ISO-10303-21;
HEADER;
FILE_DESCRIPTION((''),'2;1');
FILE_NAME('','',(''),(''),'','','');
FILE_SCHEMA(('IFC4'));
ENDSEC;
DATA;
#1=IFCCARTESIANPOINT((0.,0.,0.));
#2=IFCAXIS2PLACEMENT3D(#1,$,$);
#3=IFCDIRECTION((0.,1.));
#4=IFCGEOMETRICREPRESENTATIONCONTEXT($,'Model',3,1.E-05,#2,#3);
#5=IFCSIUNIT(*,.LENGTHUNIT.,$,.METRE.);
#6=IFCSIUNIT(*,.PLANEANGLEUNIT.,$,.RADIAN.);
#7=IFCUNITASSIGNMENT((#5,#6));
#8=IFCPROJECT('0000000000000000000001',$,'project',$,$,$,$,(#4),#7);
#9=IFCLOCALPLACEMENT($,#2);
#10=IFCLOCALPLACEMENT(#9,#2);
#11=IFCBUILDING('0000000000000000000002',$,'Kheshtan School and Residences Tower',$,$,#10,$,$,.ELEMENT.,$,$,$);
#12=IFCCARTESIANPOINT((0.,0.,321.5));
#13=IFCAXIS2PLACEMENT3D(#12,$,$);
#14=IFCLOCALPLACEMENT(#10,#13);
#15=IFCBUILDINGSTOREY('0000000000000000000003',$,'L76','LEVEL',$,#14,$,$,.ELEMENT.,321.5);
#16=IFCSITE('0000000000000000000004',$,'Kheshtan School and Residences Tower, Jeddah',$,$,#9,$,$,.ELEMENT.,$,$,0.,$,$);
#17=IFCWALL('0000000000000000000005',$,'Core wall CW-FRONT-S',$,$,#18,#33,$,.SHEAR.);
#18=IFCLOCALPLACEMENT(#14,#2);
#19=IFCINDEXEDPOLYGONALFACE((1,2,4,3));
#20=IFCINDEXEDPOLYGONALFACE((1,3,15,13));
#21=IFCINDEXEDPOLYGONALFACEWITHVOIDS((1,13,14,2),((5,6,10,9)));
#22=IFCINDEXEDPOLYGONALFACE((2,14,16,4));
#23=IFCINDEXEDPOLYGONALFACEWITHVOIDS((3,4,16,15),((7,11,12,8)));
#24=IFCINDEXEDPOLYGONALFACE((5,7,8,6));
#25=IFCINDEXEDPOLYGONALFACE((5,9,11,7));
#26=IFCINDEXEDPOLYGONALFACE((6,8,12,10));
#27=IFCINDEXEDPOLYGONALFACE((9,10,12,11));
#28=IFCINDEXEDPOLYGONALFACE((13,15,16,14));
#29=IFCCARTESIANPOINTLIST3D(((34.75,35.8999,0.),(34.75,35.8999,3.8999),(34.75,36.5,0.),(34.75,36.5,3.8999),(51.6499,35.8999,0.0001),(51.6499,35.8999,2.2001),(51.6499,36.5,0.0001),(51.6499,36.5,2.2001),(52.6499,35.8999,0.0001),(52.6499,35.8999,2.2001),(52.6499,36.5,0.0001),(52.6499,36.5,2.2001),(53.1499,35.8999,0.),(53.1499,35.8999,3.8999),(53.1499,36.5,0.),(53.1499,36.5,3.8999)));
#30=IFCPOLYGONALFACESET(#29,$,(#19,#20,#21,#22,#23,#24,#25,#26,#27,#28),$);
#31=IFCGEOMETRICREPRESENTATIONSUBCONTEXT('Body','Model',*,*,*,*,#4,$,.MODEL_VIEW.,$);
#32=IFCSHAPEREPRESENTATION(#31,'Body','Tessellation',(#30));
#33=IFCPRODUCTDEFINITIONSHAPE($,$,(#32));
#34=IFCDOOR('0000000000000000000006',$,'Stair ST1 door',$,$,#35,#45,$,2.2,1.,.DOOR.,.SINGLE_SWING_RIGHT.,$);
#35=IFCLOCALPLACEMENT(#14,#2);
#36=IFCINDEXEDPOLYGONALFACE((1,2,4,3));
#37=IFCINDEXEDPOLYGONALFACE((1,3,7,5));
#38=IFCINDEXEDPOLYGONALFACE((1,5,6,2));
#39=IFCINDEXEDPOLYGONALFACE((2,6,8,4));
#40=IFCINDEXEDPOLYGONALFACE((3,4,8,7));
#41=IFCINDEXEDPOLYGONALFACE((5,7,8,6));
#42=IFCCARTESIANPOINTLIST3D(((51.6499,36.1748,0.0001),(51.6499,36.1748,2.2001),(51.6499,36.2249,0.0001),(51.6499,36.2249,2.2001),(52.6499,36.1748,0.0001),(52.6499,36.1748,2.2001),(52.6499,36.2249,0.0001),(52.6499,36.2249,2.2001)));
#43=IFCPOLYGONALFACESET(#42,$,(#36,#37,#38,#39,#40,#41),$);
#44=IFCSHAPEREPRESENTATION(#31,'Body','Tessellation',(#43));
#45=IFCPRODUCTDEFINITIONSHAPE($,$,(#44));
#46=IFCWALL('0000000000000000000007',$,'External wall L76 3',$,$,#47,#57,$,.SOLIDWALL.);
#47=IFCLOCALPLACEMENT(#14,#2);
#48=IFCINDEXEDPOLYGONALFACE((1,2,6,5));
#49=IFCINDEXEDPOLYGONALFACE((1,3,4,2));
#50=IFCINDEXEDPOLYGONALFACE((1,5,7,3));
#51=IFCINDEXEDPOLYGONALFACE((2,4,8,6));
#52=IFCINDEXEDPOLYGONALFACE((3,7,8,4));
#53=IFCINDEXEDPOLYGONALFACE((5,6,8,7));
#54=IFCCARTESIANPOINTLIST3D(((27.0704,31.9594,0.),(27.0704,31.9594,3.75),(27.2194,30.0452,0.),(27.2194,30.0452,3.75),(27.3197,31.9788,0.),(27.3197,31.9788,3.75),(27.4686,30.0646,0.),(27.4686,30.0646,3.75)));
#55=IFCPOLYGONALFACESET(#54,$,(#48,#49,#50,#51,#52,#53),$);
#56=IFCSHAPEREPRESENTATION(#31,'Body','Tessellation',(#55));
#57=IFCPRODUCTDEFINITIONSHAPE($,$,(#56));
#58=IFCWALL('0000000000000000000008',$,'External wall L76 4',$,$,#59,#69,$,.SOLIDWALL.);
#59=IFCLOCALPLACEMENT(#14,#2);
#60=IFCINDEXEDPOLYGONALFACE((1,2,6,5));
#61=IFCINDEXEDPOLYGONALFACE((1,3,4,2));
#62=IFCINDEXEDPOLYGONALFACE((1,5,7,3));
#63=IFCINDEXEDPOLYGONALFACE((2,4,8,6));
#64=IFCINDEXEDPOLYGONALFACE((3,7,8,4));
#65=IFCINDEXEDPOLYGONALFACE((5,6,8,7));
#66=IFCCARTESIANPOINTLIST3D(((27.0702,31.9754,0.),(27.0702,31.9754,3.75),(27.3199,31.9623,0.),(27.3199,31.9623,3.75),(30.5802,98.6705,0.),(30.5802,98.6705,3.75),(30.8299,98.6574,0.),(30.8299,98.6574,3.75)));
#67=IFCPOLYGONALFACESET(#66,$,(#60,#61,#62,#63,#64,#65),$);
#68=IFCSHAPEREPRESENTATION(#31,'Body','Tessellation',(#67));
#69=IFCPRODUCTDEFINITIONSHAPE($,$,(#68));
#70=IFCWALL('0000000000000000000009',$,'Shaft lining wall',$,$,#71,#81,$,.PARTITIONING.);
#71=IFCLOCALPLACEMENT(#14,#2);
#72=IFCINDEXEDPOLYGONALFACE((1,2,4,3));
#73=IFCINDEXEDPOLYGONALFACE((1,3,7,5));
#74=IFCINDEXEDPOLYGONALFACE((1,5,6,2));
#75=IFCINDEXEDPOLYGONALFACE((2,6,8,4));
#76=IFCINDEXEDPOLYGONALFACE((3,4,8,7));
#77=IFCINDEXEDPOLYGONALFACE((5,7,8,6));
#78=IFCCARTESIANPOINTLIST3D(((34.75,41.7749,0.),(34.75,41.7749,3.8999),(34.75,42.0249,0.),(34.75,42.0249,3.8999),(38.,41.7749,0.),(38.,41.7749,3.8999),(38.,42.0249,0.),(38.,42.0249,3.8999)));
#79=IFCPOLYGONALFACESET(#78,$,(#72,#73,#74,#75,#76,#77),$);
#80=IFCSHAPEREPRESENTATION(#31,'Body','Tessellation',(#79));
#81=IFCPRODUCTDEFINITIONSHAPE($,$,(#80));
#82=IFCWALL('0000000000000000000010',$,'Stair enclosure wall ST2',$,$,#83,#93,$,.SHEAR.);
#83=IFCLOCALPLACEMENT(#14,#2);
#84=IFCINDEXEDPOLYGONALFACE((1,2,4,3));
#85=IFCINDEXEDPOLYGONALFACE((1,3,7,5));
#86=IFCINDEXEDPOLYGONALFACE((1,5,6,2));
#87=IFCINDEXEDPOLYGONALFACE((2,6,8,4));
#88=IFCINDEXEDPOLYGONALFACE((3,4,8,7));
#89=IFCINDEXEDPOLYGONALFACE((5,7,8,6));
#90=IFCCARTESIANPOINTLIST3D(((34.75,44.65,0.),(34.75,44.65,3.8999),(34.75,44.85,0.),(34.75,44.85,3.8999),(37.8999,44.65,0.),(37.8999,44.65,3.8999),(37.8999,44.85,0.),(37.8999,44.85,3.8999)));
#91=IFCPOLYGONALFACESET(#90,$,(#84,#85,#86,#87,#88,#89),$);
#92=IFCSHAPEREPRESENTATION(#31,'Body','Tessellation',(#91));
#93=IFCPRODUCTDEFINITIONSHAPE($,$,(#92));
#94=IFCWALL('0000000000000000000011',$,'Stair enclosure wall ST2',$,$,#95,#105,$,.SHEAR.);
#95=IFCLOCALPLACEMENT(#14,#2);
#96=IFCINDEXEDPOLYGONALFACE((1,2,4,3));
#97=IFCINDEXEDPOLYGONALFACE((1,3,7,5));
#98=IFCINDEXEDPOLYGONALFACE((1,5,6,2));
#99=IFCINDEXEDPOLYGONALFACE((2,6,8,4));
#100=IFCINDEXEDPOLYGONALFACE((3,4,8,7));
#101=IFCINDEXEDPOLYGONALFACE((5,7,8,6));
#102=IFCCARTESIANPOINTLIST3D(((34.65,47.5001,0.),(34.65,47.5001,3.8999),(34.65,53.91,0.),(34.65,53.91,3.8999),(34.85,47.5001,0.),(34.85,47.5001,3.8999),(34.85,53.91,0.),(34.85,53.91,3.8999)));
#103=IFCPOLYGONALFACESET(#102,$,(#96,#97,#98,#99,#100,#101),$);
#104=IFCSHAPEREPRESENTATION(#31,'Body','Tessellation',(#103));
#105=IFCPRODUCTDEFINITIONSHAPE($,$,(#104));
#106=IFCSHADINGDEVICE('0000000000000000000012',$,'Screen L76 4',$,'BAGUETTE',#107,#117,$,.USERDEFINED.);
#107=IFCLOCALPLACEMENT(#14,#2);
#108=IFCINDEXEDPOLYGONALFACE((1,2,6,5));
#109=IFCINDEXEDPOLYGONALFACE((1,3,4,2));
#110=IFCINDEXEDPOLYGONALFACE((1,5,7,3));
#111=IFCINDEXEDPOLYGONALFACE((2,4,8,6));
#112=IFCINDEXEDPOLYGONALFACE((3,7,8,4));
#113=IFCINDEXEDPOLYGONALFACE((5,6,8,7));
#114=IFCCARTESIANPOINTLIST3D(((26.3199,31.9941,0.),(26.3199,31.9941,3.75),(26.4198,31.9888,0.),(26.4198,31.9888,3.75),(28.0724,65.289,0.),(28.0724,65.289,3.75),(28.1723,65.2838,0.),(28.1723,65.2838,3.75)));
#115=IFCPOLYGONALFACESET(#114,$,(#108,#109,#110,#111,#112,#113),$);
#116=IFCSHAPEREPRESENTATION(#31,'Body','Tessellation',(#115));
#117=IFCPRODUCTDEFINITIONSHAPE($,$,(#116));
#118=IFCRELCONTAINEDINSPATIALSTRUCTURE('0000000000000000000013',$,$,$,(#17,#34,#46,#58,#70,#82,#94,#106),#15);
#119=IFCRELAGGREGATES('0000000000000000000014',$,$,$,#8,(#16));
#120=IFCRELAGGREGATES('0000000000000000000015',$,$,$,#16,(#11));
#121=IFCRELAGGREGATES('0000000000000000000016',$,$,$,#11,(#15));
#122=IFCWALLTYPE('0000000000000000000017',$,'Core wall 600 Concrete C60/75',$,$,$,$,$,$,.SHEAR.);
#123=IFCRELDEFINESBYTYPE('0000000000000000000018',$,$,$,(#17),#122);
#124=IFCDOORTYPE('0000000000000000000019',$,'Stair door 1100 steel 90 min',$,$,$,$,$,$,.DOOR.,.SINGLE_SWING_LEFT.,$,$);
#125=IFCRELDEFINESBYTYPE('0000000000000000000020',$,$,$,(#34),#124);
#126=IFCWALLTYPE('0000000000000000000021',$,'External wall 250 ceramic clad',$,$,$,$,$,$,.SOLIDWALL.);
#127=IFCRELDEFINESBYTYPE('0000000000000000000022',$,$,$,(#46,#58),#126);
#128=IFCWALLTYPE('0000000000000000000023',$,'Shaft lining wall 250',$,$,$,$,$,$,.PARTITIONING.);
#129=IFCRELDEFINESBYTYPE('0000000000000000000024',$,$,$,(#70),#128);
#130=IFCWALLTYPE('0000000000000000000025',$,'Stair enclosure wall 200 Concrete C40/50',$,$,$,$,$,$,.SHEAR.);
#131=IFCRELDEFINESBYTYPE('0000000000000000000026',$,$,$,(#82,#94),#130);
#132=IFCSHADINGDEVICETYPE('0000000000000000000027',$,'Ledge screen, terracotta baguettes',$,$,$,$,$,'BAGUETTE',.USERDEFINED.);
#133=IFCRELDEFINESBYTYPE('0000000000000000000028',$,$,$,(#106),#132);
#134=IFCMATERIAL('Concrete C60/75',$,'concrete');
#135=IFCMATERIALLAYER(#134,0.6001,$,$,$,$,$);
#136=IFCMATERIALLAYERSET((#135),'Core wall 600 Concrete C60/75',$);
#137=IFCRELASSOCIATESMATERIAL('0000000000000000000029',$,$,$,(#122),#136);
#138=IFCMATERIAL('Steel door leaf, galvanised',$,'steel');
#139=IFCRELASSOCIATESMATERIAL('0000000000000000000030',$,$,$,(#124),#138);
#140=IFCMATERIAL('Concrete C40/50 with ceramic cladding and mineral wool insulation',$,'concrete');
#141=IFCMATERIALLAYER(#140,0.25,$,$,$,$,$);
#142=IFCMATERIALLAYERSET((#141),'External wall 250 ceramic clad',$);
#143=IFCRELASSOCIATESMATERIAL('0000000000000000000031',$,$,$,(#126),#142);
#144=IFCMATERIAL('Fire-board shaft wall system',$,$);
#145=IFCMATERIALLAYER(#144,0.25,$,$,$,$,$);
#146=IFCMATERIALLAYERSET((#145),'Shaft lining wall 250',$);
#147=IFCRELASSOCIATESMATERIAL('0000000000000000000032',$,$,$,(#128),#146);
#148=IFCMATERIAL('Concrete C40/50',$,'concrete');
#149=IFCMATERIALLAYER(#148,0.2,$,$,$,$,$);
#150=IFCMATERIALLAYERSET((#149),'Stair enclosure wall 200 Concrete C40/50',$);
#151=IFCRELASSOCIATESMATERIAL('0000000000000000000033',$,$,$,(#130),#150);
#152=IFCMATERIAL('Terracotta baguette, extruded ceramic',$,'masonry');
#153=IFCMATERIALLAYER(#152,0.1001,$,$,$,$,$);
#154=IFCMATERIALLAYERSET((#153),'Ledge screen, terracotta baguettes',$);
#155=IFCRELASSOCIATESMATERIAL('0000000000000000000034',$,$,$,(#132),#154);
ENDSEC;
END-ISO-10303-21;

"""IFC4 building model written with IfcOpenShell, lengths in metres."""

from ifc_helpers import new_model, si_unit, direction, frame, frame_2d, origin, origin_2d, place, context, subcontext, project, spatial, rectangle, extrude, source, transform, mapped, material, layer, layer_set, type_object, element, fill, save


model = new_model("IFC4")

# Units and contexts
model_context = context("Model", 3, precision=1e-05, world=origin(), true_north=direction((0.0, 1.0)))
body_context = subcontext(model_context, "Body", "Model", "MODEL_VIEW")
ifc_project = project(units=[si_unit("LENGTHUNIT", "METRE"), si_unit("PLANEANGLEUNIT", "RADIAN")], contexts=[model_context])

# Site, building, storey
site_placement = place(None, origin())
site = spatial("IfcSite", under=ifc_project, at=site_placement, Name="Kheshtan School and Residences Tower, Jeddah", CompositionType="ELEMENT", RefElevation=0.0)
building_placement = place(site_placement, origin())
building = spatial("IfcBuilding", under=site, at=building_placement, Name="Kheshtan School and Residences Tower", CompositionType="ELEMENT")
storey_placement = place(building_placement, frame((0.0, 0.0, 321.5)))
storey = spatial("IfcBuildingStorey", under=building, at=storey_placement, Name="L76", Description="LEVEL", CompositionType="ELEMENT", Elevation=321.5)

# Wall, opening, door
ifc_material_1 = material(Name="Concrete C60/75", Category="concrete")
ifc_layer_1 = layer(ifc_material_1, 0.6001)
ifc_layer_set_1 = layer_set([ifc_layer_1], Name="Core wall 600 Concrete C60/75")
wall_type_1 = type_object("IfcWallType", Name="Core wall 600 Concrete C60/75", PredefinedType="SHEAR", material=ifc_layer_set_1)
wall_1_placement = place(storey_placement, frame((34.75, 36.2, 0.0), z_axis=(0.0, 0.0, 1.0), x_axis=(1.0, 0.0, 0.0)))
wall_1 = element("IfcWall", 1, at=wall_1_placement, inside=storey, type_object=wall_type_1, Name="Core wall CW-FRONT-S", PredefinedType="SHEAR", context=body_context, shape_type="SweptSolid", body=[
    extrude(rectangle(XDim=18.3999, YDim=0.6001, at=frame_2d((9.2, 0.0))), origin(), (0.0, 0.0, 1.0), 3.8999),
])
opening_1_placement = place(wall_1_placement, frame((16.8999, 0.0, 0.0)))
opening_1 = element("IfcOpeningElement", 2, at=opening_1_placement, cuts=wall_1, PredefinedType="OPENING", context=body_context, shape_type="SweptSolid", body=[
    extrude(rectangle(XDim=1.0, YDim=2.2, at=frame_2d((0.5, 1.1001))), frame((0.0, 0.3101, 0.0), z_axis=(0.0, -1.0, 0.0), x_axis=(1.0, 0.0, 0.0)), (0.0, 0.0, 1.0), 0.6201),
])
ifc_material_2 = material(Name="Steel door leaf, galvanised", Category="steel")
door_type_1 = type_object("IfcDoorType", Name="Stair door 1100 steel 90 min", OperationType="SINGLE_SWING_LEFT", PredefinedType="DOOR", material=ifc_material_2)
shared_shape_1 = source(origin(), body_context, "Body", "SweptSolid", [
    extrude(rectangle(XDim=1.0, YDim=2.2, at=frame_2d((0.5, 1.1001))), frame((0.0, 0.0249, 0.0), z_axis=(0.0, -1.0, 0.0), x_axis=(1.0, 0.0, 0.0)), (0.0, 0.0, 1.0), 0.05),
])
door_1_placement = place(opening_1_placement, origin())
door_1 = element("IfcDoor", 3, at=door_1_placement, inside=storey, type_object=door_type_1, Name="Stair ST1 door", OperationType="SINGLE_SWING_RIGHT", OverallHeight=2.2, OverallWidth=1.0, PredefinedType="DOOR", context=body_context, shape_type="MappedRepresentation", body=[
    mapped(shared_shape_1, transform((0.0, 0.0, 0.0), x_axis=(1.0, 0.0, 0.0), y_axis=(0.0, 1.0, 0.0), z_axis=(0.0, 0.0, 1.0), scale=1.0)),
])
fill(opening_1, door_1)

# Walls
ifc_material_3 = material(Name="Concrete C40/50 with ceramic cladding and mineral wool insulation", Category="concrete")
ifc_layer_2 = layer(ifc_material_3, 0.25)
ifc_layer_set_2 = layer_set([ifc_layer_2], Name="External wall 250 ceramic clad")
wall_type_2 = type_object("IfcWallType", Name="External wall 250 ceramic clad", PredefinedType="SOLIDWALL", material=ifc_layer_set_2)
wall_2_placement = place(storey_placement, frame((27.344, 30.0549, 0.0), z_axis=(0.0, 0.0, 1.0), x_axis=(-0.077572, 0.996987, 0.0)))
element("IfcWall", 4, at=wall_2_placement, inside=storey, type_object=wall_type_2, Name="External wall L76 3", PredefinedType="SOLIDWALL", context=body_context, shape_type="SweptSolid", body=[
    extrude(rectangle(XDim=1.9199, YDim=0.25, at=frame_2d((0.96, 0.0))), origin(), (0.0, 0.0, 1.0), 3.75),
])
wall_3_placement = place(storey_placement, frame((27.1951, 31.969, 0.0), z_axis=(0.0, 0.0, 1.0), x_axis=(0.052555, 0.998618, 0.0)))
element("IfcWall", 5, at=wall_3_placement, inside=storey, type_object=wall_type_2, Name="External wall L76 4", PredefinedType="SOLIDWALL", context=body_context, shape_type="SweptSolid", body=[
    extrude(rectangle(XDim=66.7874, YDim=0.25, at=frame_2d((33.3936, 0.0))), origin(), (0.0, 0.0, 1.0), 3.75),
])
ifc_material_4 = material(Name="Fire-board shaft wall system")
ifc_layer_3 = layer(ifc_material_4, 0.25)
ifc_layer_set_3 = layer_set([ifc_layer_3], Name="Shaft lining wall 250")
wall_type_3 = type_object("IfcWallType", Name="Shaft lining wall 250", PredefinedType="PARTITIONING", material=ifc_layer_set_3)
wall_4_placement = place(storey_placement, frame((34.75, 41.8999, 0.0), z_axis=(0.0, 0.0, 1.0), x_axis=(1.0, 0.0, 0.0)))
element("IfcWall", 6, at=wall_4_placement, inside=storey, type_object=wall_type_3, Name="Shaft lining wall", PredefinedType="PARTITIONING", context=body_context, shape_type="SweptSolid", body=[
    extrude(rectangle(XDim=3.25, YDim=0.25, at=frame_2d((1.625, 0.0))), origin(), (0.0, 0.0, 1.0), 3.8999),
])
ifc_material_5 = material(Name="Concrete C40/50", Category="concrete")
ifc_layer_4 = layer(ifc_material_5, 0.2)
ifc_layer_set_4 = layer_set([ifc_layer_4], Name="Stair enclosure wall 200 Concrete C40/50")
wall_type_4 = type_object("IfcWallType", Name="Stair enclosure wall 200 Concrete C40/50", PredefinedType="SHEAR", material=ifc_layer_set_4)
wall_5_placement = place(storey_placement, frame((34.75, 44.75, 0.0), z_axis=(0.0, 0.0, 1.0), x_axis=(1.0, 0.0, 0.0)))
element("IfcWall", 7, at=wall_5_placement, inside=storey, type_object=wall_type_4, Name="Stair enclosure wall ST2", PredefinedType="SHEAR", context=body_context, shape_type="SweptSolid", body=[
    extrude(rectangle(XDim=3.1499, YDim=0.2, at=frame_2d((1.575, 0.0))), origin(), (0.0, 0.0, 1.0), 3.8999),
])
wall_6_placement = place(storey_placement, frame((34.75, 47.5, 0.0), z_axis=(0.0, 0.0, 1.0), x_axis=(0.0, 1.0, 0.0)))
element("IfcWall", 8, at=wall_6_placement, inside=storey, type_object=wall_type_4, Name="Stair enclosure wall ST2", PredefinedType="SHEAR", context=body_context, shape_type="SweptSolid", body=[
    extrude(rectangle(XDim=6.4099, YDim=0.2, at=frame_2d((3.2051, 0.0))), origin(), (0.0, 0.0, 1.0), 3.8999),
])

# Shading device
ifc_material_6 = material(Name="Terracotta baguette, extruded ceramic", Category="masonry")
ifc_layer_5 = layer(ifc_material_6, 0.1001)
ifc_layer_set_5 = layer_set([ifc_layer_5], Name="Ledge screen, terracotta baguettes")
shading_device_type = type_object("IfcShadingDeviceType", Name="Ledge screen, terracotta baguettes", ElementType="BAGUETTE", PredefinedType="USERDEFINED", material=ifc_layer_set_5)
shading_device_placement = place(storey_placement, frame((27.2461, 48.6389, 0.0), z_axis=(0.0, 0.0, 1.0), x_axis=(0.052563, 0.998618, 0.0)))
element("IfcShadingDevice", 9, at=shading_device_placement, inside=storey, type_object=shading_device_type, Name="Screen L76 4", ObjectType="BAGUETTE", PredefinedType="USERDEFINED", context=body_context, shape_type="SweptSolid", body=[
    extrude(rectangle(XDim=33.3411, YDim=0.1001, at=origin_2d()), origin(), (0.0, 0.0, 1.0), 3.75),
])

save(model, "model.ifc")
